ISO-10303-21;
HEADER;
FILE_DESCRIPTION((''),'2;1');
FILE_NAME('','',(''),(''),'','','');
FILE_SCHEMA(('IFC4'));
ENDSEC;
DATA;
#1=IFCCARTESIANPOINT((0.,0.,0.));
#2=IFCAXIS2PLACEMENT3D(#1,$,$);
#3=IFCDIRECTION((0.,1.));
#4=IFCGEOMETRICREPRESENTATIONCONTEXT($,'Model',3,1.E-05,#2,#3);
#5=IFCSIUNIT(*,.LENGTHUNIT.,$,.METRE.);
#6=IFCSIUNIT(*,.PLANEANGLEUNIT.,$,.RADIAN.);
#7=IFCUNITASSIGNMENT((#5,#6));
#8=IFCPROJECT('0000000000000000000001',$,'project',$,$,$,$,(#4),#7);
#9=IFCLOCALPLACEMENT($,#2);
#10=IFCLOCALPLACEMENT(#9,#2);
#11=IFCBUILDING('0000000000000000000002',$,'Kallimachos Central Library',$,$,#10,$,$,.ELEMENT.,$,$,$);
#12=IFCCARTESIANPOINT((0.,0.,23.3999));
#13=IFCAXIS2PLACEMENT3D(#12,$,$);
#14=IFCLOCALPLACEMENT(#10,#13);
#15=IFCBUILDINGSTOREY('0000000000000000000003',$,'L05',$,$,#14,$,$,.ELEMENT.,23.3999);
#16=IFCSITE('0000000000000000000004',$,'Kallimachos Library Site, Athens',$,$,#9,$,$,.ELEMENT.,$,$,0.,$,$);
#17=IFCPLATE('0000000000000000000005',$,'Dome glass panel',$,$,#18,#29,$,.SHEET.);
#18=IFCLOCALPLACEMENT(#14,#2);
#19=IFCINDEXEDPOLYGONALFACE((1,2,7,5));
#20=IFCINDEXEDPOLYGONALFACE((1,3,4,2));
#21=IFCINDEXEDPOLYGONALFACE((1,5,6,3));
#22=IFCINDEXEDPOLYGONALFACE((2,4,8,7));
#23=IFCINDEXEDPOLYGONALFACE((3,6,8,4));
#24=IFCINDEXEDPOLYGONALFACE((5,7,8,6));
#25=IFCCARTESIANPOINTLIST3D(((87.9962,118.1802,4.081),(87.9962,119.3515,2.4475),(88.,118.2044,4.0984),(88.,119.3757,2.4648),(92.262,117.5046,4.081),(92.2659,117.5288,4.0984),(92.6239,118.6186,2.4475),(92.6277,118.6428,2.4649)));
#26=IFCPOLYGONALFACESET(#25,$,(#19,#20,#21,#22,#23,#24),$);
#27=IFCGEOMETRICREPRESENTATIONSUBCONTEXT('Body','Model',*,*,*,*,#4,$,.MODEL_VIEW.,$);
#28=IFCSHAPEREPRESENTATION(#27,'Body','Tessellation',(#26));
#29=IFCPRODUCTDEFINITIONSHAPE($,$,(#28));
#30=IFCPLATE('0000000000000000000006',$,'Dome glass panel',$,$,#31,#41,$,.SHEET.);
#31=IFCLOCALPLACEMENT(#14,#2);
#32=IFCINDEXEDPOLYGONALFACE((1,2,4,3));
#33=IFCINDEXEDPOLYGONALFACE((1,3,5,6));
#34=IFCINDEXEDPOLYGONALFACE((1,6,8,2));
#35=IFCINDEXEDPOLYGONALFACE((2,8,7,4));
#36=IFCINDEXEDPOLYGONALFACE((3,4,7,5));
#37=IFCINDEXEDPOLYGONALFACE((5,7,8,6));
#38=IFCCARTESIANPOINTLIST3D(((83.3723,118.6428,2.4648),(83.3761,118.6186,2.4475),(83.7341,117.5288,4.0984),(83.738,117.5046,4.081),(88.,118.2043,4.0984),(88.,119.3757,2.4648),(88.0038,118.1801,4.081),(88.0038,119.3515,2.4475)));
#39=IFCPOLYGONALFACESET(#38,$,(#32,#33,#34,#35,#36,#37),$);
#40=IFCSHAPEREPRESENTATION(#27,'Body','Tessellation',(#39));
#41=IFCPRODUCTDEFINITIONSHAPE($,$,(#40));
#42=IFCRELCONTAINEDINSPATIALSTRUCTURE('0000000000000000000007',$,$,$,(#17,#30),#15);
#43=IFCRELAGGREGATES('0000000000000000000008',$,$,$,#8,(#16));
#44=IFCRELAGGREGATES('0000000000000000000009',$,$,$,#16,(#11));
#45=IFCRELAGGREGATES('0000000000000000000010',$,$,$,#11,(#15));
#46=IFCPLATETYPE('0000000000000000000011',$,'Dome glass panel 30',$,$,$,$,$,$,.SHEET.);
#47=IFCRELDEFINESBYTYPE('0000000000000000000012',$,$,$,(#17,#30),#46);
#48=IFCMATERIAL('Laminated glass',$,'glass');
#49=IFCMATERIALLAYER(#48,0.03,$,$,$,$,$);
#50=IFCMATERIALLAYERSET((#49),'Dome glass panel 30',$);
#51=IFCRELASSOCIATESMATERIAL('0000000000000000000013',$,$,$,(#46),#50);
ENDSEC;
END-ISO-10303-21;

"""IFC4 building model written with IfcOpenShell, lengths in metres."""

from ifc_helpers import new_model, si_unit, direction, frame, origin, place, context, subcontext, project, spatial, polyline, outline, extrude, material, layer, layer_set, type_object, element, save


model = new_model("IFC4")

# Units and contexts
model_context = context("Model", 3, precision=1e-05, world=origin(), true_north=direction((0.0, 1.0)))
body_context = subcontext(model_context, "Body", "Model", "MODEL_VIEW")
ifc_project = project(units=[si_unit("LENGTHUNIT", "METRE"), si_unit("PLANEANGLEUNIT", "RADIAN")], contexts=[model_context])

# Site, building, storey
site_placement = place(None, origin())
site = spatial("IfcSite", under=ifc_project, at=site_placement, Name="Kallimachos Library Site, Athens", CompositionType="ELEMENT", RefElevation=0.0)
building_placement = place(site_placement, origin())
building = spatial("IfcBuilding", under=site, at=building_placement, Name="Kallimachos Central Library", CompositionType="ELEMENT")
storey_placement = place(building_placement, frame((0.0, 0.0, 23.3999)))
storey = spatial("IfcBuildingStorey", under=building, at=storey_placement, Name="L05", CompositionType="ELEMENT", Elevation=23.3999)

# Plates
ifc_material_1 = material(Name="Laminated glass", Category="glass")
ifc_layer = layer(ifc_material_1, 0.03)
ifc_layer_set = layer_set([ifc_layer], Name="Dome glass panel 30")
plate_type = type_object("IfcPlateType", Name="Dome glass panel 30", PredefinedType="SHEET", material=ifc_layer_set)
plate_1_placement = place(storey_placement, frame((92.2659, 117.5288, 4.0984), z_axis=(0.127647, 0.806018, 0.577963), x_axis=(0.180003, 0.554226, -0.81267)))
element("IfcPlate", 1, at=plate_1_placement, inside=storey, type_object=plate_type, Name="Dome glass panel", PredefinedType="SHEET", context=body_context, shape_type="SweptSolid", body=[
    extrude(outline(polyline([(0.0, 0.0), (2.0101, 0.0), (1.5833, 4.6659), (-0.3935, 4.3011), (0.0, 0.0)])), origin(), (0.0, 0.0, -1.0), 0.03),
])
plate_2_placement = place(storey_placement, frame((88.0, 118.2043, 4.0984), z_axis=(-0.127647, 0.806018, 0.577963), x_axis=(0.000002, 0.58273, -0.812666)))
element("IfcPlate", 2, at=plate_2_placement, inside=storey, type_object=plate_type, Name="Dome glass panel", PredefinedType="SHEET", context=body_context, shape_type="SweptSolid", body=[
    extrude(outline(polyline([(0.0, 0.0), (2.0101, 0.0), (1.583, 4.6659), (-0.3937, 4.301), (0.0, 0.0)])), origin(), (0.0, 0.0, -1.0), 0.03),
])

save(model, "model.ifc")
